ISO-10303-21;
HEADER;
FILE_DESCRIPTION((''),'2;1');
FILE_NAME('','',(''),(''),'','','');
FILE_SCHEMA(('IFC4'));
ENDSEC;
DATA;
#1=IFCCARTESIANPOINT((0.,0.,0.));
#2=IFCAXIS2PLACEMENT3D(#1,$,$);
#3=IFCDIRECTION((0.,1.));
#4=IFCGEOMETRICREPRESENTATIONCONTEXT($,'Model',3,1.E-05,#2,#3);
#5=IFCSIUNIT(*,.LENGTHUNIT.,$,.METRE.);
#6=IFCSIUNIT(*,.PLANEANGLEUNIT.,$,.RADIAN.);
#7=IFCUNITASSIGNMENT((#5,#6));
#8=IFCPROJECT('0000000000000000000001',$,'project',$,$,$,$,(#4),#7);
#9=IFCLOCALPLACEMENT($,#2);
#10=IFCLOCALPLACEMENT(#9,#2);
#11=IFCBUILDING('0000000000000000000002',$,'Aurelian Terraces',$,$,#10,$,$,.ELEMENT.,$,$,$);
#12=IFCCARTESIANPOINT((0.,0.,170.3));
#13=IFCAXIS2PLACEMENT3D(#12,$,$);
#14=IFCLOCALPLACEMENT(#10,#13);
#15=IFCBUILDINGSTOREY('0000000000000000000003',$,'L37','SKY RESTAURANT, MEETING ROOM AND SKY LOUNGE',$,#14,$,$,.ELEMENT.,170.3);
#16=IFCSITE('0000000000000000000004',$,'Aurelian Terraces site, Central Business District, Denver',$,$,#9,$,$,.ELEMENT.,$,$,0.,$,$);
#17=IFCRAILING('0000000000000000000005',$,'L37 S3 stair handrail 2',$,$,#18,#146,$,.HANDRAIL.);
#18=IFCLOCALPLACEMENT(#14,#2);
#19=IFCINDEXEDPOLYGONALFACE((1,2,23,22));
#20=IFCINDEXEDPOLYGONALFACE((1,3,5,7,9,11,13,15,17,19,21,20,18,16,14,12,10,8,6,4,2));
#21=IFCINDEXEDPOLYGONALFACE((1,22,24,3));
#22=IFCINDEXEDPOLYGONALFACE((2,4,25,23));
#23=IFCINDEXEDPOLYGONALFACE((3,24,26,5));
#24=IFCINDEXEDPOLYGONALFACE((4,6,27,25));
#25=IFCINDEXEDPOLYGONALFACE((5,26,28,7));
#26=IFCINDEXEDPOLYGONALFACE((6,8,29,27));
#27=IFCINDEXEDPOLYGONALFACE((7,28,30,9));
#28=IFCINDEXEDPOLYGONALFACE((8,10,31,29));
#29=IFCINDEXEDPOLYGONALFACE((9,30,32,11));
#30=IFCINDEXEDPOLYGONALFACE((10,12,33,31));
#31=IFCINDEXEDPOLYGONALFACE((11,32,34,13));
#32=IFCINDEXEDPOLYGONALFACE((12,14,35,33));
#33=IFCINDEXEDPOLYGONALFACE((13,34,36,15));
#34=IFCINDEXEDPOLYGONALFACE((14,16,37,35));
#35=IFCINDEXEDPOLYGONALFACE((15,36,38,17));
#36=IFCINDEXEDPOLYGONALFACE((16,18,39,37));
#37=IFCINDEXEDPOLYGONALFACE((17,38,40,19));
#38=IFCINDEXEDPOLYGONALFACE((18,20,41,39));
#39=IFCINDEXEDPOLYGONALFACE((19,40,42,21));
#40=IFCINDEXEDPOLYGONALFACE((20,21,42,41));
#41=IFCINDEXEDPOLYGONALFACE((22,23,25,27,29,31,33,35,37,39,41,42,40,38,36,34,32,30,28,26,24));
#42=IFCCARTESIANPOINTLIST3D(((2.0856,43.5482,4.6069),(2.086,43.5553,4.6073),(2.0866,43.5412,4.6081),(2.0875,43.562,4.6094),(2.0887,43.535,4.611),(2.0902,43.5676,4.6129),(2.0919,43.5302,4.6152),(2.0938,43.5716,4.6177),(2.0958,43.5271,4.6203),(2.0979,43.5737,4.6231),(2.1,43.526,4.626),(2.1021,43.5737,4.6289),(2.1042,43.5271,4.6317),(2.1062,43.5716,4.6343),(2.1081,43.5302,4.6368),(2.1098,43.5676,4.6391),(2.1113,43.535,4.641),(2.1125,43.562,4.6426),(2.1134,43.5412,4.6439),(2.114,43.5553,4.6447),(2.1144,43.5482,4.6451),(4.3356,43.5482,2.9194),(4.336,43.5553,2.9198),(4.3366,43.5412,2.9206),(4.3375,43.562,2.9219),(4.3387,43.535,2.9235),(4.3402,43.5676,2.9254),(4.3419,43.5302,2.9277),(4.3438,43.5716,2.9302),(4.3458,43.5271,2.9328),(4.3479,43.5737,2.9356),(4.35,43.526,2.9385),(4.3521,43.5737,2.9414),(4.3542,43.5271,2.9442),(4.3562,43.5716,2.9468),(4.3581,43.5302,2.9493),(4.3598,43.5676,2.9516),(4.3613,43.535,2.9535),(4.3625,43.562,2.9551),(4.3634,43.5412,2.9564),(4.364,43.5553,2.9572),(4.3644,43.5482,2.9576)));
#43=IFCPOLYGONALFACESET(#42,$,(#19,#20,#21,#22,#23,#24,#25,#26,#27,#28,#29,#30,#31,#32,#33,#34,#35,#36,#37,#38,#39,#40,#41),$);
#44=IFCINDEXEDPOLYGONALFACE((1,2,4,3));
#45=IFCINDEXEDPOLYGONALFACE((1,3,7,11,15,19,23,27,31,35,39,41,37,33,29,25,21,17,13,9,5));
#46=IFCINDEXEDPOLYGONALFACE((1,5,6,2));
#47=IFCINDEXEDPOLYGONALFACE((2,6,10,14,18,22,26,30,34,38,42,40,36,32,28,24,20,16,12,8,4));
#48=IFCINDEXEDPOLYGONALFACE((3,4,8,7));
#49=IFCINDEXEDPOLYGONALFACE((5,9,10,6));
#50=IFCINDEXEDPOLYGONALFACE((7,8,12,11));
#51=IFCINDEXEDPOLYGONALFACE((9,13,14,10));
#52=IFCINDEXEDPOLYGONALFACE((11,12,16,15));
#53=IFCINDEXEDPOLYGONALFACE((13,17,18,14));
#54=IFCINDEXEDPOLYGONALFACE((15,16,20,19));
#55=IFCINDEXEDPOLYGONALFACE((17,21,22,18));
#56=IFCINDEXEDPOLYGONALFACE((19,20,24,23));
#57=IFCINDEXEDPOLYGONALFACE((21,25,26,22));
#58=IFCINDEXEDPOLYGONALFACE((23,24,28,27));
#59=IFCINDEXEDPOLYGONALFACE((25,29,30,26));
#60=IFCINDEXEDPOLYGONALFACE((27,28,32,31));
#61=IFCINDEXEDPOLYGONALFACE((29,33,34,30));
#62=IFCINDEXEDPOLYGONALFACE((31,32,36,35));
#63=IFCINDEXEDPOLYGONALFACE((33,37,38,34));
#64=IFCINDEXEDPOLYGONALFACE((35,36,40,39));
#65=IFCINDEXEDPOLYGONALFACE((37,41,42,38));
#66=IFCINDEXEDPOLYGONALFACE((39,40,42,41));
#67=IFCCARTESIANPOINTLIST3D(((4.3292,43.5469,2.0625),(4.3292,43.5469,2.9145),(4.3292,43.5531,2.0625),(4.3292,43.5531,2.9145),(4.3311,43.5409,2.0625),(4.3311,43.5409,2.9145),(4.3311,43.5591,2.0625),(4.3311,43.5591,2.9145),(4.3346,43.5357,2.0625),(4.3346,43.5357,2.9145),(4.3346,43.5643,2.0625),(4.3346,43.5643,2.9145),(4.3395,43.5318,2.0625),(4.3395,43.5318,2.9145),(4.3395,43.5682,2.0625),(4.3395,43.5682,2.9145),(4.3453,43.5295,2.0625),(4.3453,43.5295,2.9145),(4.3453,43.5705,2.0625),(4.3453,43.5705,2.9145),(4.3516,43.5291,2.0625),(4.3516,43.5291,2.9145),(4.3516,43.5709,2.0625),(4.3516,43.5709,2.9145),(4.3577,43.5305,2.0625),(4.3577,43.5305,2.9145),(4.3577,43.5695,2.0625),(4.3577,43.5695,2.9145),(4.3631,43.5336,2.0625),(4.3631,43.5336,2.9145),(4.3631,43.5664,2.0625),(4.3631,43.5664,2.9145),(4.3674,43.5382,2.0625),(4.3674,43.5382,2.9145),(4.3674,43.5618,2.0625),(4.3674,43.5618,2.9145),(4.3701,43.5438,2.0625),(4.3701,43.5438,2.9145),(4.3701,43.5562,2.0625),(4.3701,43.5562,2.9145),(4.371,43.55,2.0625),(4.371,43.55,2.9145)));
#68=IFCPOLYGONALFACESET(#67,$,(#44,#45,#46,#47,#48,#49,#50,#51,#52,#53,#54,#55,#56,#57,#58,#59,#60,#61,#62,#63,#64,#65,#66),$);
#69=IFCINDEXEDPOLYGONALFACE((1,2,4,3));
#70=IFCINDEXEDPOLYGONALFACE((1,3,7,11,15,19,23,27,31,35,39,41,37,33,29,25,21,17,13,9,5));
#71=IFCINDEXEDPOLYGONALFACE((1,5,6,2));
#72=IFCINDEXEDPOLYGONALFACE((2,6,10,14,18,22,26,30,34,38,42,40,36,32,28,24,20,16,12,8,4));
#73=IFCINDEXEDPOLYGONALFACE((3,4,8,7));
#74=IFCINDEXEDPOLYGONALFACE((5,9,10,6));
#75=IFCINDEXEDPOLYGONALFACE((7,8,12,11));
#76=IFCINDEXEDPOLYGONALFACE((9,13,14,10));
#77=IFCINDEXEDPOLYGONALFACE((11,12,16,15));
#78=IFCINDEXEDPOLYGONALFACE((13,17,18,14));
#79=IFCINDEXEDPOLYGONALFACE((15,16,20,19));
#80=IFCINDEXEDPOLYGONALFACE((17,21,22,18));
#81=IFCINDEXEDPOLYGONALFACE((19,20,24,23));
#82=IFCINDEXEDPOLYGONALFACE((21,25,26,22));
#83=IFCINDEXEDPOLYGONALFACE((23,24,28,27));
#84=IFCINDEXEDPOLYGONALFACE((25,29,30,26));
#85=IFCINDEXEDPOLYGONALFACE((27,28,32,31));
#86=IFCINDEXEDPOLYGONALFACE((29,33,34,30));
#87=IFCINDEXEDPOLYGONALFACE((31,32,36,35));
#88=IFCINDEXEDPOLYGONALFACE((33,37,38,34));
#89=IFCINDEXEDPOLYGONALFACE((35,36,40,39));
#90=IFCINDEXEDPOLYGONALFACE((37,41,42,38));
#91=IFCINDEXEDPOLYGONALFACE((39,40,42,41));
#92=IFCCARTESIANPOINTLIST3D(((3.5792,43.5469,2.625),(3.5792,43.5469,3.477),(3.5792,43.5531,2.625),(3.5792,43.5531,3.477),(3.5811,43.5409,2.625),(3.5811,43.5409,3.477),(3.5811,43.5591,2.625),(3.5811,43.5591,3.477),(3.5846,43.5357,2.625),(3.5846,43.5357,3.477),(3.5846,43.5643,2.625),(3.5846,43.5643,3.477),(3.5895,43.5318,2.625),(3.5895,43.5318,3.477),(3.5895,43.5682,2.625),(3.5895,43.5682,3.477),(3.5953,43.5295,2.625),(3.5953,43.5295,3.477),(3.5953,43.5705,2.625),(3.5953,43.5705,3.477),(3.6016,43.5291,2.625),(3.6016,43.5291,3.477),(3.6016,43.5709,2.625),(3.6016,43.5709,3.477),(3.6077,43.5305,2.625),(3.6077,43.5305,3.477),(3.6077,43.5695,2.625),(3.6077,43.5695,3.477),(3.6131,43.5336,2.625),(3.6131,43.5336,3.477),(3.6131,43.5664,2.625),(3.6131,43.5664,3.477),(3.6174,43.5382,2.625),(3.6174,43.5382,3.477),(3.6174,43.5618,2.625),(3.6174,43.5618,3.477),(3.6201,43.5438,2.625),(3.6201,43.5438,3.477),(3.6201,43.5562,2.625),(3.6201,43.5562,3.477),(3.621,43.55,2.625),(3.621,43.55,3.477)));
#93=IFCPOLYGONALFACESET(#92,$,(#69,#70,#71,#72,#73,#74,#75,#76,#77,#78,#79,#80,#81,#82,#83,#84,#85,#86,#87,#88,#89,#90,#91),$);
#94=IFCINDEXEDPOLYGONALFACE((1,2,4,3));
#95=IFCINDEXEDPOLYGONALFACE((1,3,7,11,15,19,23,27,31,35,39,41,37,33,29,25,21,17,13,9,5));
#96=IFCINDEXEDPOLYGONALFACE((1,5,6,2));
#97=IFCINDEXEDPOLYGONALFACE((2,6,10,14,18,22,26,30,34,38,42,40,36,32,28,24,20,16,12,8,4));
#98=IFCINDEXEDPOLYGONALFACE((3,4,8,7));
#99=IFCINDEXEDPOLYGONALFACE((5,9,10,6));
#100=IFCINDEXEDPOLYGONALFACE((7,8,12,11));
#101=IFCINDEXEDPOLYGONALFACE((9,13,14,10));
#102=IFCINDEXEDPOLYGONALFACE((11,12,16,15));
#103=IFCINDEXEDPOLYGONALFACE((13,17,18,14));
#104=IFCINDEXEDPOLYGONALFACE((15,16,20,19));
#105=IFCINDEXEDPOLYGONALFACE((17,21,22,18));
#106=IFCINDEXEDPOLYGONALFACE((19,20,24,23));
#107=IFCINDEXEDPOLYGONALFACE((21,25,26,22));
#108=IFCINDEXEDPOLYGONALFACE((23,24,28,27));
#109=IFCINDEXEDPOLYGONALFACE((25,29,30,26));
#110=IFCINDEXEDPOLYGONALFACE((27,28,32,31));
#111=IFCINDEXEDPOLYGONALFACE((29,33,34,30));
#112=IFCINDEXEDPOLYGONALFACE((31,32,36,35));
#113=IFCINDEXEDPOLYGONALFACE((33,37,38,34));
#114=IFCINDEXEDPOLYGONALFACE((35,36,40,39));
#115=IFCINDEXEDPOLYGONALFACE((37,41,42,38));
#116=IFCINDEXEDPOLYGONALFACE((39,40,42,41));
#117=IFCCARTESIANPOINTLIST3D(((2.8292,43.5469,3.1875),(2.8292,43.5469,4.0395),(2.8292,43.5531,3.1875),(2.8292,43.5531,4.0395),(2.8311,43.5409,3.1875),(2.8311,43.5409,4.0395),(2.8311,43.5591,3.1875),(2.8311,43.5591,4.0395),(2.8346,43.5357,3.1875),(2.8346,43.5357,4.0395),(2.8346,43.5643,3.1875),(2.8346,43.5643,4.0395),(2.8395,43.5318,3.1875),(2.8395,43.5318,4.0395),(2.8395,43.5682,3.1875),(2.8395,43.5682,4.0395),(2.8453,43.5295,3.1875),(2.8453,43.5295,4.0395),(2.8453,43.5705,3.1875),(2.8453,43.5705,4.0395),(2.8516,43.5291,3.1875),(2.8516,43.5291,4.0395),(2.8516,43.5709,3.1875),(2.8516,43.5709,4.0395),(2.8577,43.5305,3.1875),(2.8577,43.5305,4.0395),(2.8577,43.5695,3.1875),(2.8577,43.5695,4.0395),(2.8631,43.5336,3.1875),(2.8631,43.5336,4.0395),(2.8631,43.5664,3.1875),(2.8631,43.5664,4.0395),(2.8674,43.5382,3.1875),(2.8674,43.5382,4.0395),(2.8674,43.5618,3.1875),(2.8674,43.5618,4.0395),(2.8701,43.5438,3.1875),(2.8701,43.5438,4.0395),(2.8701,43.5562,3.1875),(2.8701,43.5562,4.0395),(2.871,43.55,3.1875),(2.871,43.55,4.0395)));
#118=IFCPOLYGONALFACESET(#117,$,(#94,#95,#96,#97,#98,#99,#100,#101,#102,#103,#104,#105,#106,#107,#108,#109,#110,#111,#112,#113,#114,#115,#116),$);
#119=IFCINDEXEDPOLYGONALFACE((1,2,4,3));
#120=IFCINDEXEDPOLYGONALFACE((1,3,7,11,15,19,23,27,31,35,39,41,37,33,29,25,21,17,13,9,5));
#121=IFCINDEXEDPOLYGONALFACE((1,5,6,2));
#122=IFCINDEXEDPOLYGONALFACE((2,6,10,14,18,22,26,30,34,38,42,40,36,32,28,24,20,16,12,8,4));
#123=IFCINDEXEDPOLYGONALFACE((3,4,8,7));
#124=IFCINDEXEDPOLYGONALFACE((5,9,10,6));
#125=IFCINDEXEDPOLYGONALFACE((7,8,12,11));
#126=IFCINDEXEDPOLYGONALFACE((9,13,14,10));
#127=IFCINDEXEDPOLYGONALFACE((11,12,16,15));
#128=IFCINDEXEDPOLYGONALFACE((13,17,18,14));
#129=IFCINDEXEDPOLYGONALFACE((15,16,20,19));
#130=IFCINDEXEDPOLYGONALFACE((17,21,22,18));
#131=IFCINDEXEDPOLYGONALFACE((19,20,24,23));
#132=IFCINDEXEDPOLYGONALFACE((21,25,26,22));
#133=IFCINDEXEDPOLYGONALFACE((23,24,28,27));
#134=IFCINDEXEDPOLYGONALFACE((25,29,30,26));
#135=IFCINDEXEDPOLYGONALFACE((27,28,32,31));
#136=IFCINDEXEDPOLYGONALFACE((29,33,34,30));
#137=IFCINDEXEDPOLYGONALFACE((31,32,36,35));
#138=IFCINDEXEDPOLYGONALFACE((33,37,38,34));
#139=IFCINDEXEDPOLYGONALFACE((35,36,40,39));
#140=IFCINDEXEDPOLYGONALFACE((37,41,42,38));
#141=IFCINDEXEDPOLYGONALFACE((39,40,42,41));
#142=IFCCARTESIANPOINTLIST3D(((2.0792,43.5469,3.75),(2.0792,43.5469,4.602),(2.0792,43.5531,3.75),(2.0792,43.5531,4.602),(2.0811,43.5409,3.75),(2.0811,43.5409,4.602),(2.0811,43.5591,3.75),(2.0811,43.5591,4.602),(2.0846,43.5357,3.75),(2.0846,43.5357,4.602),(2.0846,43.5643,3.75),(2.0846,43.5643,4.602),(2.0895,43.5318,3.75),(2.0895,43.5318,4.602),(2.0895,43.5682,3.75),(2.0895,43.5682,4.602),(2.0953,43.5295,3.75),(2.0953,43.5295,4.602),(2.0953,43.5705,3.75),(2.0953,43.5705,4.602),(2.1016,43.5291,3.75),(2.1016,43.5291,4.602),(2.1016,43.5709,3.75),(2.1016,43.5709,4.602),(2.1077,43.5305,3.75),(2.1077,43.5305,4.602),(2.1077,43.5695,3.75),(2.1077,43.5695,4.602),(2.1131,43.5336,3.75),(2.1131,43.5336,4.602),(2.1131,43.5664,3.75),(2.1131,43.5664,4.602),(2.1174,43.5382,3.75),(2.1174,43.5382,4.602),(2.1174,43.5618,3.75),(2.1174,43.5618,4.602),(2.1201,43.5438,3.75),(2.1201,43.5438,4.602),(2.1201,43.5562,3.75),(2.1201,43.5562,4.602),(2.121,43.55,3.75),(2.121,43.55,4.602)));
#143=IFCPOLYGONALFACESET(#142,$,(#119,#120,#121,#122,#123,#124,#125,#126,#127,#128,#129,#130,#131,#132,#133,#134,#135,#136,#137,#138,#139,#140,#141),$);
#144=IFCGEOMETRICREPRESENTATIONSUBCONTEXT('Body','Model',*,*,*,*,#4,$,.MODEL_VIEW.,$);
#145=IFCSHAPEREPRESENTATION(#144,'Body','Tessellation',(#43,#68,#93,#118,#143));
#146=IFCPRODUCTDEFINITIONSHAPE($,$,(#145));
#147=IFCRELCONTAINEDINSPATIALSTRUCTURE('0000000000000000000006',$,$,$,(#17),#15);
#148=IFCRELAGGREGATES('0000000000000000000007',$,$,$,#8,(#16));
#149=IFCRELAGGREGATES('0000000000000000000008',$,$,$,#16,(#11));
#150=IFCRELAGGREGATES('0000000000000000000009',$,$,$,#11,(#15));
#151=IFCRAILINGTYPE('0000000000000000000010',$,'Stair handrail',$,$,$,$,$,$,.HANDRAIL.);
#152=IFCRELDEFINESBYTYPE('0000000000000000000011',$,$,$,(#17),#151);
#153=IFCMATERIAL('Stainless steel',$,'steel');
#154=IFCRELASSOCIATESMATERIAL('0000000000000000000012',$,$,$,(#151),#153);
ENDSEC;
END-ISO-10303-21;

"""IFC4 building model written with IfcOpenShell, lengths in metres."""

from ifc_helpers import new_model, si_unit, direction, frame, origin, origin_2d, place, context, subcontext, project, spatial, circle, extrude, source, transform, mapped, material, type_object, element, save


model = new_model("IFC4")

# Units and contexts
model_context = context("Model", 3, precision=1e-05, world=origin(), true_north=direction((0.0, 1.0)))
body_context = subcontext(model_context, "Body", "Model", "MODEL_VIEW")
ifc_project = project(units=[si_unit("LENGTHUNIT", "METRE"), si_unit("PLANEANGLEUNIT", "RADIAN")], contexts=[model_context])

# Site, building, storey
site_placement = place(None, origin())
site = spatial("IfcSite", under=ifc_project, at=site_placement, Name="Aurelian Terraces site, Central Business District, Denver", CompositionType="ELEMENT", RefElevation=0.0)
building_placement = place(site_placement, origin())
building = spatial("IfcBuilding", under=site, at=building_placement, Name="Aurelian Terraces", CompositionType="ELEMENT")
storey_placement = place(building_placement, frame((0.0, 0.0, 170.3)))
storey = spatial("IfcBuildingStorey", under=building, at=storey_placement, Name="L37", Description="SKY RESTAURANT, MEETING ROOM AND SKY LOUNGE", CompositionType="ELEMENT", Elevation=170.3)

# Railing
ifc_material_1 = material(Name="Stainless steel", Category="steel")
railing_type_1 = type_object("IfcRailingType", Name="Stair handrail", PredefinedType="HANDRAIL", material=ifc_material_1)
shared_shape_1 = source(origin(), body_context, "Body", "SweptSolid", [
    extrude(circle(Radius=0.024, at=origin_2d()), frame((0.0, 0.0, 0.876), z_axis=(-0.8, 0.0, 0.6), x_axis=(0.0, -1.0, 0.0)), (0.0, 0.0, 1.0), 2.8125),
    extrude(circle(Radius=0.021, at=origin_2d()), origin(), (0.0, 0.0, 1.0), 0.852),
    extrude(circle(Radius=0.021, at=origin_2d()), frame((-0.75, 0.0, 0.5625)), (0.0, 0.0, 1.0), 0.852),
    extrude(circle(Radius=0.021, at=origin_2d()), frame((-1.5, 0.0, 1.125)), (0.0, 0.0, 1.0), 0.852),
    extrude(circle(Radius=0.021, at=origin_2d()), frame((-2.25, 0.0, 1.6875)), (0.0, 0.0, 1.0), 0.852),
])
for number, where, name in (
    (1, (4.35, 43.55, 2.0625), "L37 S3 stair handrail 2"),
):
    element("IfcRailing", number, at=place(storey_placement, frame(where)), inside=storey, type_object=railing_type_1, Name=name, PredefinedType="HANDRAIL", context=body_context, shape_type="MappedRepresentation", body=[
        mapped(shared_shape_1, transform((0.0, 0.0, 0.0), scale=1.0)),
    ])

save(model, "model.ifc")
